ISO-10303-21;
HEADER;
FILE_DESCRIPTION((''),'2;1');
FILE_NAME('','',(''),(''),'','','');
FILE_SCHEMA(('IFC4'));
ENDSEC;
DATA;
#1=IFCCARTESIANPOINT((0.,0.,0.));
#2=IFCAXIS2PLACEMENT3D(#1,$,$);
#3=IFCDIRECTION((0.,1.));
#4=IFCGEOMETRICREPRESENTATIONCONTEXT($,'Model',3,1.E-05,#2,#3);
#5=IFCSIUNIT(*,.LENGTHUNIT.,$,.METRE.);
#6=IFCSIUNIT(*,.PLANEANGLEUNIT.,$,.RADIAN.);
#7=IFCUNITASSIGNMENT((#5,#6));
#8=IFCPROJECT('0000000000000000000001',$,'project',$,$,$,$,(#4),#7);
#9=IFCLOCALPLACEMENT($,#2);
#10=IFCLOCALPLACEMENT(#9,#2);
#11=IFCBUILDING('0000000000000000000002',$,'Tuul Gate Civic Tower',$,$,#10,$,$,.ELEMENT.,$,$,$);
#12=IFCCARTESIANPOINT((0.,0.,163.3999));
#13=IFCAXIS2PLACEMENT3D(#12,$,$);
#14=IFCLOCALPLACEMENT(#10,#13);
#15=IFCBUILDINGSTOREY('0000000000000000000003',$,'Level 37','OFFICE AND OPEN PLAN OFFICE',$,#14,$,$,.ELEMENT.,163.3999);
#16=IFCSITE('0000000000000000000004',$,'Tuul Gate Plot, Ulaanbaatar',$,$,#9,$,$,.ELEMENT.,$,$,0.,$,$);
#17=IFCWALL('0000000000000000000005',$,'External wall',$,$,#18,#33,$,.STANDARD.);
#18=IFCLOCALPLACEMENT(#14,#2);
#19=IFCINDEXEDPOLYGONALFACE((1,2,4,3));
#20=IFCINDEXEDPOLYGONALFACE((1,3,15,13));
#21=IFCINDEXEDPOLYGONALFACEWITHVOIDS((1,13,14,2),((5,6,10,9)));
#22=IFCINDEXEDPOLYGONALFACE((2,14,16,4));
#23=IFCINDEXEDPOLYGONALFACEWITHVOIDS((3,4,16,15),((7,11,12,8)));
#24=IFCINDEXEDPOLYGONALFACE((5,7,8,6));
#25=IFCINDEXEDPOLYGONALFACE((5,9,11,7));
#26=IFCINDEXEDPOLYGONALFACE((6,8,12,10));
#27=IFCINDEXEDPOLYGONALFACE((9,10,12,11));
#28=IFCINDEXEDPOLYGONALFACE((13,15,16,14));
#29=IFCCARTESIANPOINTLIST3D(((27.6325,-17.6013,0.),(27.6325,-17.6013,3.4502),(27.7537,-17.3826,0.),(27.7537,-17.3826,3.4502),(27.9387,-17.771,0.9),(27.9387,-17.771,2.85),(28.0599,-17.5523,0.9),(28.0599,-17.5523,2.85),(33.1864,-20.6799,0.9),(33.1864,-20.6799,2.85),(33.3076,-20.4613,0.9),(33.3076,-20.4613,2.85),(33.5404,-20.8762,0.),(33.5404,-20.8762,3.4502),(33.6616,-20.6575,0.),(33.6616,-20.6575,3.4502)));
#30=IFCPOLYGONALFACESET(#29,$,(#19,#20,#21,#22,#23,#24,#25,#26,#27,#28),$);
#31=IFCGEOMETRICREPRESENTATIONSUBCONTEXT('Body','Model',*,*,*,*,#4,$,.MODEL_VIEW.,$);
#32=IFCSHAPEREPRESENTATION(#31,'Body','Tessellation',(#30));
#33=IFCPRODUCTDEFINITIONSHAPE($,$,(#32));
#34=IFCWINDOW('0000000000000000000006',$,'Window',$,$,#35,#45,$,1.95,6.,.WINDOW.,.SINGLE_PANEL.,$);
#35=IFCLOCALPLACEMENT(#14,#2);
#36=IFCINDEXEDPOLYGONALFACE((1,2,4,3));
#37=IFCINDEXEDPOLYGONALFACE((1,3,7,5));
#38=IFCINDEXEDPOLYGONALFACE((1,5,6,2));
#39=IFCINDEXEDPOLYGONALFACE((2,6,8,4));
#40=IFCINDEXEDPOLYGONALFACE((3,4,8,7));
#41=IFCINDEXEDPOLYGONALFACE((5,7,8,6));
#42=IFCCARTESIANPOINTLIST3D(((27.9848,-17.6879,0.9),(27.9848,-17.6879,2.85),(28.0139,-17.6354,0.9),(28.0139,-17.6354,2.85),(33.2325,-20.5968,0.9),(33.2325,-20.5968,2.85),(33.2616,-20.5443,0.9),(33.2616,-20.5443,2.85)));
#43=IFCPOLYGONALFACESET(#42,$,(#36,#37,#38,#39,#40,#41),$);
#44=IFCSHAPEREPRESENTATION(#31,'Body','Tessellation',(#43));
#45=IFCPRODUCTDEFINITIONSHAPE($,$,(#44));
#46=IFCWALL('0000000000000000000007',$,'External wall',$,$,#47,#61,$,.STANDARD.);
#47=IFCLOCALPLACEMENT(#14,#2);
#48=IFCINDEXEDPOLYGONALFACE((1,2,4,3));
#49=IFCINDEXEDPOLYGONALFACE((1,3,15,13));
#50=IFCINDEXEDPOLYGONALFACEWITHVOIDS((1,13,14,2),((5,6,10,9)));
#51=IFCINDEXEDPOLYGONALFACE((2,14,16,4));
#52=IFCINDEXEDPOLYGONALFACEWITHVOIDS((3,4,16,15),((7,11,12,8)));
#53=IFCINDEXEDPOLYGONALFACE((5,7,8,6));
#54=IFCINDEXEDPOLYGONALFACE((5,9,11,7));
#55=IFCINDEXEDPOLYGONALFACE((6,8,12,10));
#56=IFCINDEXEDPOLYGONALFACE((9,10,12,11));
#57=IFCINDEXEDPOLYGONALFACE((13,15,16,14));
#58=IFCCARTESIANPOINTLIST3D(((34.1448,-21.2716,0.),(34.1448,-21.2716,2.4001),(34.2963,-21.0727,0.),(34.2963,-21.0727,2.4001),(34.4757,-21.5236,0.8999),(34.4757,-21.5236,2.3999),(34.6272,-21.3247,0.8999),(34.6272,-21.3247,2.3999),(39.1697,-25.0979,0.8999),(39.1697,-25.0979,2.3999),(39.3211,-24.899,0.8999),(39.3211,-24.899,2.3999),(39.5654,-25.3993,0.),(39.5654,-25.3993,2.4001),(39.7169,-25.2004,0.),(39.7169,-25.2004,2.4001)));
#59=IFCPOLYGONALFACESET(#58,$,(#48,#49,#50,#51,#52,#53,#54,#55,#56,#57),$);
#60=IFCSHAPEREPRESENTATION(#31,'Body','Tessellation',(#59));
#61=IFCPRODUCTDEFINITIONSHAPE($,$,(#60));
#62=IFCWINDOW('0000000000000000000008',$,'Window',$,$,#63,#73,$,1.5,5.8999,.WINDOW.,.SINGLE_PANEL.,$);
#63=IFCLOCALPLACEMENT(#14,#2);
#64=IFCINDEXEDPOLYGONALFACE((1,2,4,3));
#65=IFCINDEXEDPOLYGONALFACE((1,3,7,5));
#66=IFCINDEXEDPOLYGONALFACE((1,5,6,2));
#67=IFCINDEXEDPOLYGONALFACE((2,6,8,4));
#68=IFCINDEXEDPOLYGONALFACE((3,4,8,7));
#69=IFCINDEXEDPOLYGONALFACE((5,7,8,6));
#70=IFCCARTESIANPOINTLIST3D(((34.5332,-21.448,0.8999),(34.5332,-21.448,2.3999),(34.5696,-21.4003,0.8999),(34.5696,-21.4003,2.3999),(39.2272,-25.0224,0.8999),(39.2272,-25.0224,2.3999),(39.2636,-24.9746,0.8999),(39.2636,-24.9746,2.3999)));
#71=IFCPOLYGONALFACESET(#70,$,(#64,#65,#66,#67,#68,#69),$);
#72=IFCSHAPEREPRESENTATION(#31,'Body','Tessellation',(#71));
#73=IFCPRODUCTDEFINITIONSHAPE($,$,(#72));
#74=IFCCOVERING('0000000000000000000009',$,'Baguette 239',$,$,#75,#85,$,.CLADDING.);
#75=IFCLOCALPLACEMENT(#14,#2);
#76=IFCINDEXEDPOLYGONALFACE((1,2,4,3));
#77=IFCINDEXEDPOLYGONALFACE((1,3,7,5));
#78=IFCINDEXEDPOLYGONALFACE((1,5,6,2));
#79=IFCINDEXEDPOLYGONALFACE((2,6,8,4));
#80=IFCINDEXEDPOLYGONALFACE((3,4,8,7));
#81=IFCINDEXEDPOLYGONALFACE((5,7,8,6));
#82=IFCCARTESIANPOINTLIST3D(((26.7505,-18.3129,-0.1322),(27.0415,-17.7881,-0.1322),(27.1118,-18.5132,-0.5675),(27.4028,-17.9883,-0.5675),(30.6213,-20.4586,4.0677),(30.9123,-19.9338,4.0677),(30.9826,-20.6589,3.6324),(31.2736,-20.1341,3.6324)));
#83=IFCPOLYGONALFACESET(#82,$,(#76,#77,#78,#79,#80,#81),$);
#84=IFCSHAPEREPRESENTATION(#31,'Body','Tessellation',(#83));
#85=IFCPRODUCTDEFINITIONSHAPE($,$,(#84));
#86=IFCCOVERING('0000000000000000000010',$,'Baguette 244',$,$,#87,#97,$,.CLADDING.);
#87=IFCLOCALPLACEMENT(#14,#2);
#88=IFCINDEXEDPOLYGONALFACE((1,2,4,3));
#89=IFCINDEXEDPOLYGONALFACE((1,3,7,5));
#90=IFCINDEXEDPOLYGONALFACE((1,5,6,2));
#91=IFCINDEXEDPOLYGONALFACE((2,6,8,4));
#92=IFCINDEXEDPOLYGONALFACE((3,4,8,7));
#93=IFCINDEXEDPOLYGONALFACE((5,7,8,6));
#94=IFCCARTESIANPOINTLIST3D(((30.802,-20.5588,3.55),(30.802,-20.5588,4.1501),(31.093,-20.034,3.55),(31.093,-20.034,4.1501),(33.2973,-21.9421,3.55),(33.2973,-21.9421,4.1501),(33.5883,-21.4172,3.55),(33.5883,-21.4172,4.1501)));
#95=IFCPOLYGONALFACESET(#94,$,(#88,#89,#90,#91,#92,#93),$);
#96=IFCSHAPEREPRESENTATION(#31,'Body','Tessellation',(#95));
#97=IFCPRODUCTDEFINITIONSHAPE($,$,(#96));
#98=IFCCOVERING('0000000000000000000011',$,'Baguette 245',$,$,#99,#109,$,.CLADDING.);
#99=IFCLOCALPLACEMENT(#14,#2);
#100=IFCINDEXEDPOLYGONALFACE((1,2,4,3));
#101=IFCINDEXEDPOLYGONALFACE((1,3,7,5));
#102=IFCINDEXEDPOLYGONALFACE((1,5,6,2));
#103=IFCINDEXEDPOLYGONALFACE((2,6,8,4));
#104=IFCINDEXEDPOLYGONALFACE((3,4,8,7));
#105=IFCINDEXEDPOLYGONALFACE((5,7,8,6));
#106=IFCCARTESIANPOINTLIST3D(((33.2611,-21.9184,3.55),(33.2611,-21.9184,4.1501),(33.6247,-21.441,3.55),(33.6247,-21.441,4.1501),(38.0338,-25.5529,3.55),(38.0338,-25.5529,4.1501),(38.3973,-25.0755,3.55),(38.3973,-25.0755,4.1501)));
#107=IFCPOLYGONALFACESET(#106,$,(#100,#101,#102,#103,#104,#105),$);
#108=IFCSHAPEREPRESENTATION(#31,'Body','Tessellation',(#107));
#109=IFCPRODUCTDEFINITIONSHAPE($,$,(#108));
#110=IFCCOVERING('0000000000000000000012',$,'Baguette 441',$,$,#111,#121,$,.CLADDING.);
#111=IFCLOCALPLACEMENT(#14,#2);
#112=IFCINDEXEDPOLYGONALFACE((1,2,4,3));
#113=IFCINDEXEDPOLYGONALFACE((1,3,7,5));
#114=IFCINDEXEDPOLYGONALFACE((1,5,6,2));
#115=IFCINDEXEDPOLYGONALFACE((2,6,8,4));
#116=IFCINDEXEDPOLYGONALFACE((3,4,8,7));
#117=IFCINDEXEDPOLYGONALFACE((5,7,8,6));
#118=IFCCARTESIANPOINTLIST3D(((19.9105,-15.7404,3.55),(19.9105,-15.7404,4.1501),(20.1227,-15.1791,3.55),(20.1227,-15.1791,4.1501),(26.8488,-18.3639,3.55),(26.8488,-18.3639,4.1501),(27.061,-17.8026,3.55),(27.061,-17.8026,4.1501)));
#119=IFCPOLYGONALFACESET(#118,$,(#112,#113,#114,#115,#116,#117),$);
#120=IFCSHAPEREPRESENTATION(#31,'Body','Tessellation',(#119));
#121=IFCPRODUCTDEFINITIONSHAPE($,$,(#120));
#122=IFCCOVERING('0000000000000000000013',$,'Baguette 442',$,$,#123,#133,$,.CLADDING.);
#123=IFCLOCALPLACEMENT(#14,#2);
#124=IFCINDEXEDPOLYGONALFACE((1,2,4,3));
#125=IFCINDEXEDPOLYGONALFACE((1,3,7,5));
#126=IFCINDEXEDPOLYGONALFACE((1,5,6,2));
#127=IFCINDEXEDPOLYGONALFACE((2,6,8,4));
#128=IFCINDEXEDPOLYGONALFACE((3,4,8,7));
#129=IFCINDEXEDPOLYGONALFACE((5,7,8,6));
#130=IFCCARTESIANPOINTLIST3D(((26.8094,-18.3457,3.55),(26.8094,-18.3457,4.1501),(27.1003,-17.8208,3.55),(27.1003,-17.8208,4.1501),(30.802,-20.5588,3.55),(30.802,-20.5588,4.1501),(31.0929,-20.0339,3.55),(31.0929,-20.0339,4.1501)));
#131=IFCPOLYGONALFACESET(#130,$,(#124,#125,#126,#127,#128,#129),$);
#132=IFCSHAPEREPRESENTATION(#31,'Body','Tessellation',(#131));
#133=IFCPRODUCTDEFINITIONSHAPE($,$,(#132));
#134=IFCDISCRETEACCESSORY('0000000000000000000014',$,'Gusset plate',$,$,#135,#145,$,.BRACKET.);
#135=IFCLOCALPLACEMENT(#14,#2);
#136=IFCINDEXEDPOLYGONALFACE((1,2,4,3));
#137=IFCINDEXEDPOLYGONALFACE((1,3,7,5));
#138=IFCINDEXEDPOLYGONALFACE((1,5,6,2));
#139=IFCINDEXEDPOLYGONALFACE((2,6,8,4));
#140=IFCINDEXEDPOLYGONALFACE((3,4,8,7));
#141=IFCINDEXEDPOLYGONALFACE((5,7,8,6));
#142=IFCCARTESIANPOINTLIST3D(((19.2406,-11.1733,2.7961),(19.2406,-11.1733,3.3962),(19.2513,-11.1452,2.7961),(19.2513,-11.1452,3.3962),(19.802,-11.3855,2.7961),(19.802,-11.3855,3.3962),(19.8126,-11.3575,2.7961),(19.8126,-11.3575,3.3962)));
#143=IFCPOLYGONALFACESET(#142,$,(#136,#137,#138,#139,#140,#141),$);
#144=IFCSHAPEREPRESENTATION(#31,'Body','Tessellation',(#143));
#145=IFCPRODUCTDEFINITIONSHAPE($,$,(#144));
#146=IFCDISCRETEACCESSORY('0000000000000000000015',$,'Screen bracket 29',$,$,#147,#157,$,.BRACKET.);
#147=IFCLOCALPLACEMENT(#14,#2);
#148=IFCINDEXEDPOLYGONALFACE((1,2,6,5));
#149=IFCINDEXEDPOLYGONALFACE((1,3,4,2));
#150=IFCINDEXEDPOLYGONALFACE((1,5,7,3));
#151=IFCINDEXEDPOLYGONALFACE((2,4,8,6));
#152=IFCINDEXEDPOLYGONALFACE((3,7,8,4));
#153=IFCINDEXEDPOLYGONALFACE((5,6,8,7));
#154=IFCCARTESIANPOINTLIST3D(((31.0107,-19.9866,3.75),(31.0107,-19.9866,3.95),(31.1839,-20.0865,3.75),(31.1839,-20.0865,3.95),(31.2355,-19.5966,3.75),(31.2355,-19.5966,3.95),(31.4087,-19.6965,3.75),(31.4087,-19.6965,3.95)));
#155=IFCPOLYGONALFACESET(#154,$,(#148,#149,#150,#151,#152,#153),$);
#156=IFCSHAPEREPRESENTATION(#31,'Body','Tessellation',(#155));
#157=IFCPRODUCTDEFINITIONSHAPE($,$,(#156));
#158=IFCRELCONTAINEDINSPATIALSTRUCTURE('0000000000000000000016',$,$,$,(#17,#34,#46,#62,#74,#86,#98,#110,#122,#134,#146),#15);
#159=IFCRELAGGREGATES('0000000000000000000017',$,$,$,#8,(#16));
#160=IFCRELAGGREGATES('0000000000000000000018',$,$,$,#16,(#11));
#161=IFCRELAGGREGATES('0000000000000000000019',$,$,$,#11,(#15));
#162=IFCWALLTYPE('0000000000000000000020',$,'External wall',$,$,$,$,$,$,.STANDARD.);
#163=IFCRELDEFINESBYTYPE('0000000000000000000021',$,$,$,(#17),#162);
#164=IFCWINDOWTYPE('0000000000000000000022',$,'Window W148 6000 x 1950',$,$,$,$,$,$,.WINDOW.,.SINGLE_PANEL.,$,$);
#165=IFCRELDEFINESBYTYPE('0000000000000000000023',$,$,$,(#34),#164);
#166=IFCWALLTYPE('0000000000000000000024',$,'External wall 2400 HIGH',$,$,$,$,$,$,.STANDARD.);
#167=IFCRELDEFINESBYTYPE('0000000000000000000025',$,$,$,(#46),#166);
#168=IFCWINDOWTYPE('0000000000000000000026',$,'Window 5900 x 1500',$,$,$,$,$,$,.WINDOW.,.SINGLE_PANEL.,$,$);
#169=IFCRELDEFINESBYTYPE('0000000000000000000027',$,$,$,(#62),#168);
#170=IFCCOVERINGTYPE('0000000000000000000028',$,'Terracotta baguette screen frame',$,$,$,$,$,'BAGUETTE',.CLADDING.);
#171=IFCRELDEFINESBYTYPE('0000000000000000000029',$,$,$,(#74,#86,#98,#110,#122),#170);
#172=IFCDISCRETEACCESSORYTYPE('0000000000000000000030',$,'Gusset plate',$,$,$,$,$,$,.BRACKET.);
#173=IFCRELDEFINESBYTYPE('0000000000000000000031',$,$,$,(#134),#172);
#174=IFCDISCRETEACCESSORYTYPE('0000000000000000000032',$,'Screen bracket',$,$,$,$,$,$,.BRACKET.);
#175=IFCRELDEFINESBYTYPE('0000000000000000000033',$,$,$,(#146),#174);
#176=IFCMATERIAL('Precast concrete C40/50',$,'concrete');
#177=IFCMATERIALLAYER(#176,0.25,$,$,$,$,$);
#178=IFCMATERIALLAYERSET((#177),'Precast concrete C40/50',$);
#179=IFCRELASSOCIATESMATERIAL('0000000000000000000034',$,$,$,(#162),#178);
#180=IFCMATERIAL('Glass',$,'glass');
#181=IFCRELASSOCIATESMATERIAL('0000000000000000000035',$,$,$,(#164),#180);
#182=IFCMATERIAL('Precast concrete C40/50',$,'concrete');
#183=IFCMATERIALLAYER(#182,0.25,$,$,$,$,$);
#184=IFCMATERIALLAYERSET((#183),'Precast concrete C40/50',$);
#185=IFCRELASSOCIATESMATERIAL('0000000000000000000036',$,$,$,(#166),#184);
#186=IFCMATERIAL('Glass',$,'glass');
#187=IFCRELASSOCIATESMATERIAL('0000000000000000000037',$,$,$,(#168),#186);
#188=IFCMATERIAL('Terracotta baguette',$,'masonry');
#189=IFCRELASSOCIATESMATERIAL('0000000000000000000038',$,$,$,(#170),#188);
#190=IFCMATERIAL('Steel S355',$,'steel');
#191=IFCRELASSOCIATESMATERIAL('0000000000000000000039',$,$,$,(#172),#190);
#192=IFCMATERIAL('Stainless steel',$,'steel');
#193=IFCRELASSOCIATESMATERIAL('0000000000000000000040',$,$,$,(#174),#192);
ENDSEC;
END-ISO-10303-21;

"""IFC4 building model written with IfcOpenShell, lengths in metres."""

from ifc_helpers import new_model, si_unit, direction, frame, frame_2d, origin, origin_2d, place, context, subcontext, project, spatial, rectangle, extrude, material, layer, layer_set, material_profile, profile_set, type_object, element, fill, save


model = new_model("IFC4")

# Units and contexts
model_context = context("Model", 3, precision=1e-05, world=origin(), true_north=direction((0.0, 1.0)))
body_context = subcontext(model_context, "Body", "Model", "MODEL_VIEW")
ifc_project = project(units=[si_unit("LENGTHUNIT", "METRE"), si_unit("PLANEANGLEUNIT", "RADIAN")], contexts=[model_context])

# Site, building, storey
site_placement = place(None, origin())
site = spatial("IfcSite", under=ifc_project, at=site_placement, Name="Tuul Gate Plot, Ulaanbaatar", CompositionType="ELEMENT", RefElevation=0.0)
building_placement = place(site_placement, origin())
building = spatial("IfcBuilding", under=site, at=building_placement, Name="Tuul Gate Civic Tower", CompositionType="ELEMENT")
storey_placement = place(building_placement, frame((0.0, 0.0, 163.3999)))
storey = spatial("IfcBuildingStorey", under=building, at=storey_placement, Name="Level 37", Description="OFFICE AND OPEN PLAN OFFICE", CompositionType="ELEMENT", Elevation=163.3999)

# Walls, openings, windows
ifc_material_1 = material(Name="Precast concrete C40/50", Category="concrete")
ifc_layer_1 = layer(ifc_material_1, 0.25)
ifc_layer_set_1 = layer_set([ifc_layer_1], Name="Precast concrete C40/50")
wall_type_1 = type_object("IfcWallType", Name="External wall", PredefinedType="STANDARD", material=ifc_layer_set_1)
wall_1_placement = place(storey_placement, frame((27.6931, -17.4919, 0.0), z_axis=(0.0, 0.0, 1.0), x_axis=(0.874615, -0.484817, 0.0)))
wall_1 = element("IfcWall", 1, at=wall_1_placement, inside=storey, type_object=wall_type_1, Name="External wall", PredefinedType="STANDARD", context=body_context, shape_type="SweptSolid", body=[
    extrude(rectangle(XDim=6.7549, YDim=0.25, at=frame_2d((3.3774, 0.0))), origin(), (0.0, 0.0, 1.0), 3.4502),
])
opening_1_placement = place(wall_1_placement, frame((0.3501, 0.0, 0.8999)))
opening_1 = element("IfcOpeningElement", 2, at=opening_1_placement, cuts=wall_1, PredefinedType="OPENING", context=body_context, shape_type="SweptSolid", body=[
    extrude(rectangle(XDim=6.0, YDim=1.95, at=frame_2d((3.0, 0.9751))), frame((0.0, 0.135, 0.0), z_axis=(0.0, -1.0, 0.0), x_axis=(1.0, 0.0, 0.0)), (0.0, 0.0, 1.0), 0.27),
])
ifc_material_2 = material(Name="Glass", Category="glass")
window_type_1 = type_object("IfcWindowType", Name="Window W148 6000 x 1950", PartitioningType="SINGLE_PANEL", PredefinedType="WINDOW", material=ifc_material_2)
window_1_placement = place(opening_1_placement, origin())
window_1 = element("IfcWindow", 3, at=window_1_placement, inside=storey, type_object=window_type_1, Name="Window", OverallHeight=1.95, OverallWidth=6.0, PartitioningType="SINGLE_PANEL", PredefinedType="WINDOW", context=body_context, shape_type="SweptSolid", body=[
    extrude(rectangle(XDim=6.0, YDim=1.95, at=frame_2d((3.0, 0.9751))), frame((0.0, 0.03, 0.0), z_axis=(0.0, -1.0, 0.0), x_axis=(1.0, 0.0, 0.0)), (0.0, 0.0, 1.0), 0.0601),
])
fill(opening_1, window_1)
ifc_material_3 = material(Name="Precast concrete C40/50", Category="concrete")
ifc_layer_2 = layer(ifc_material_3, 0.25)
ifc_layer_set_2 = layer_set([ifc_layer_2], Name="Precast concrete C40/50")
wall_type_2 = type_object("IfcWallType", Name="External wall 2400 HIGH", PredefinedType="STANDARD", material=ifc_layer_set_2)
wall_2_placement = place(storey_placement, frame((34.2205, -21.1721, 0.0), z_axis=(0.0, 0.0, 1.0), x_axis=(0.795597, -0.605826, 0.0)))
wall_2 = element("IfcWall", 4, at=wall_2_placement, inside=storey, type_object=wall_type_2, Name="External wall", PredefinedType="STANDARD", context=body_context, shape_type="SweptSolid", body=[
    extrude(rectangle(XDim=6.8132, YDim=0.25, at=frame_2d((3.4067, 0.0))), origin(), (0.0, 0.0, 1.0), 2.4001),
])
opening_2_placement = place(wall_2_placement, frame((0.416, 0.0, 0.8999)))
opening_2 = element("IfcOpeningElement", 5, at=opening_2_placement, cuts=wall_2, PredefinedType="OPENING", context=body_context, shape_type="SweptSolid", body=[
    extrude(rectangle(XDim=5.8999, YDim=1.5, at=frame_2d((2.95, 0.75))), frame((0.0, 0.135, 0.0), z_axis=(0.0, -1.0, 0.0), x_axis=(1.0, 0.0, 0.0)), (0.0, 0.0, 1.0), 0.27),
])
ifc_material_4 = material(Name="Glass", Category="glass")
window_type_2 = type_object("IfcWindowType", Name="Window 5900 x 1500", PartitioningType="SINGLE_PANEL", PredefinedType="WINDOW", material=ifc_material_4)
window_2_placement = place(opening_2_placement, origin())
window_2 = element("IfcWindow", 6, at=window_2_placement, inside=storey, type_object=window_type_2, Name="Window", OverallHeight=1.5, OverallWidth=5.8999, PartitioningType="SINGLE_PANEL", PredefinedType="WINDOW", context=body_context, shape_type="SweptSolid", body=[
    extrude(rectangle(XDim=5.8999, YDim=1.5, at=frame_2d((2.95, 0.75))), frame((0.0, 0.03, 0.0), z_axis=(0.0, -1.0, 0.0), x_axis=(1.0, 0.0, 0.0)), (0.0, 0.0, 1.0), 0.0601),
])
fill(opening_2, window_2)

# Coverings
ifc_material_5 = material(Name="Terracotta baguette", Category="masonry")
ifc_material_profile_1 = material_profile(ifc_material_5, rectangle(XDim=0.6001, YDim=0.6001, at=origin_2d()), Name="Terracotta baguette screen frame")
ifc_profile_set_1 = profile_set([ifc_material_profile_1], Name="Terracotta baguette")
covering_type = type_object("IfcCoveringType", Name="Terracotta baguette screen frame", ElementType="BAGUETTE", PredefinedType="CLADDING", material=ifc_profile_set_1)
covering_1_placement = place(storey_placement, frame((27.0767, -18.1506, -0.3499), z_axis=(0.634418, -0.351681, 0.688356), x_axis=(0.484828, 0.87461, 0.0)))
element("IfcCovering", 7, at=covering_1_placement, inside=storey, type_object=covering_type, Name="Baguette 239", PredefinedType="CLADDING", context=body_context, shape_type="SweptSolid", body=[
    extrude(rectangle(XDim=0.6001, YDim=0.6001, at=origin_2d()), origin(), (0.0, 0.0, 1.0), 6.1013),
])
covering_2_placement = place(storey_placement, frame((30.9475, -20.2964, 3.8501), z_axis=(0.874605, -0.484836, 0.0), x_axis=(0.484836, 0.874605, 0.0)))
element("IfcCovering", 8, at=covering_2_placement, inside=storey, type_object=covering_type, Name="Baguette 244", PredefinedType="CLADDING", context=body_context, shape_type="SweptSolid", body=[
    extrude(rectangle(XDim=0.6001, YDim=0.6001, at=origin_2d()), origin(), (0.0, 0.0, 1.0), 2.853),
])
covering_3_placement = place(storey_placement, frame((33.4429, -21.6797, 3.8501), z_axis=(0.795578, -0.605851, 0.0), x_axis=(0.605851, 0.795578, 0.0)))
element("IfcCovering", 9, at=covering_3_placement, inside=storey, type_object=covering_type, Name="Baguette 245", PredefinedType="CLADDING", context=body_context, shape_type="SweptSolid", body=[
    extrude(rectangle(XDim=0.6001, YDim=0.6001, at=origin_2d()), origin(), (0.0, 0.0, 1.0), 5.999),
])
covering_4_placement = place(storey_placement, frame((20.0166, -15.4597, 3.8501), z_axis=(0.935364, -0.353687, 0.0), x_axis=(0.353687, 0.935364, 0.0)))
element("IfcCovering", 10, at=covering_4_placement, inside=storey, type_object=covering_type, Name="Baguette 441", PredefinedType="CLADDING", context=body_context, shape_type="SweptSolid", body=[
    extrude(rectangle(XDim=0.6001, YDim=0.6001, at=origin_2d()), origin(), (0.0, 0.0, 1.0), 7.4177),
])
covering_5_placement = place(storey_placement, frame((26.9548, -18.0833, 3.8501), z_axis=(0.874624, -0.484803, 0.0), x_axis=(0.484803, 0.874624, 0.0)))
element("IfcCovering", 11, at=covering_5_placement, inside=storey, type_object=covering_type, Name="Baguette 442", PredefinedType="CLADDING", context=body_context, shape_type="SweptSolid", body=[
    extrude(rectangle(XDim=0.6001, YDim=0.6001, at=origin_2d()), origin(), (0.0, 0.0, 1.0), 4.5649),
])

# Discrete accessories
ifc_material_6 = material(Name="Steel S355", Category="steel")
discrete_accessory_type_1 = type_object("IfcDiscreteAccessoryType", Name="Gusset plate", PredefinedType="BRACKET", material=ifc_material_6)
discrete_accessory_1_placement = place(storey_placement, frame((19.5266, -11.2654, 2.7961), z_axis=(0.0, 0.0, 1.0), x_axis=(-0.935368, 0.353677, 0.0)))
element("IfcDiscreteAccessory", 12, at=discrete_accessory_1_placement, inside=storey, type_object=discrete_accessory_type_1, Name="Gusset plate", PredefinedType="BRACKET", context=body_context, shape_type="SweptSolid", body=[
    extrude(rectangle(XDim=0.6001, YDim=0.03, at=origin_2d()), origin(), (0.0, 0.0, 1.0), 0.6001),
])
ifc_material_7 = material(Name="Stainless steel", Category="steel")
discrete_accessory_type_2 = type_object("IfcDiscreteAccessoryType", Name="Screen bracket", PredefinedType="BRACKET", material=ifc_material_7)
discrete_accessory_2_placement = place(storey_placement, frame((31.2097, -19.8416, 3.75), z_axis=(0.0, 0.0, 1.0), x_axis=(-0.499377, -0.866385, 0.0)))
element("IfcDiscreteAccessory", 13, at=discrete_accessory_2_placement, inside=storey, type_object=discrete_accessory_type_2, Name="Screen bracket 29", PredefinedType="BRACKET", context=body_context, shape_type="SweptSolid", body=[
    extrude(rectangle(XDim=0.4502, YDim=0.2, at=origin_2d()), origin(), (0.0, 0.0, 1.0), 0.2),
])

save(model, "model.ifc")
